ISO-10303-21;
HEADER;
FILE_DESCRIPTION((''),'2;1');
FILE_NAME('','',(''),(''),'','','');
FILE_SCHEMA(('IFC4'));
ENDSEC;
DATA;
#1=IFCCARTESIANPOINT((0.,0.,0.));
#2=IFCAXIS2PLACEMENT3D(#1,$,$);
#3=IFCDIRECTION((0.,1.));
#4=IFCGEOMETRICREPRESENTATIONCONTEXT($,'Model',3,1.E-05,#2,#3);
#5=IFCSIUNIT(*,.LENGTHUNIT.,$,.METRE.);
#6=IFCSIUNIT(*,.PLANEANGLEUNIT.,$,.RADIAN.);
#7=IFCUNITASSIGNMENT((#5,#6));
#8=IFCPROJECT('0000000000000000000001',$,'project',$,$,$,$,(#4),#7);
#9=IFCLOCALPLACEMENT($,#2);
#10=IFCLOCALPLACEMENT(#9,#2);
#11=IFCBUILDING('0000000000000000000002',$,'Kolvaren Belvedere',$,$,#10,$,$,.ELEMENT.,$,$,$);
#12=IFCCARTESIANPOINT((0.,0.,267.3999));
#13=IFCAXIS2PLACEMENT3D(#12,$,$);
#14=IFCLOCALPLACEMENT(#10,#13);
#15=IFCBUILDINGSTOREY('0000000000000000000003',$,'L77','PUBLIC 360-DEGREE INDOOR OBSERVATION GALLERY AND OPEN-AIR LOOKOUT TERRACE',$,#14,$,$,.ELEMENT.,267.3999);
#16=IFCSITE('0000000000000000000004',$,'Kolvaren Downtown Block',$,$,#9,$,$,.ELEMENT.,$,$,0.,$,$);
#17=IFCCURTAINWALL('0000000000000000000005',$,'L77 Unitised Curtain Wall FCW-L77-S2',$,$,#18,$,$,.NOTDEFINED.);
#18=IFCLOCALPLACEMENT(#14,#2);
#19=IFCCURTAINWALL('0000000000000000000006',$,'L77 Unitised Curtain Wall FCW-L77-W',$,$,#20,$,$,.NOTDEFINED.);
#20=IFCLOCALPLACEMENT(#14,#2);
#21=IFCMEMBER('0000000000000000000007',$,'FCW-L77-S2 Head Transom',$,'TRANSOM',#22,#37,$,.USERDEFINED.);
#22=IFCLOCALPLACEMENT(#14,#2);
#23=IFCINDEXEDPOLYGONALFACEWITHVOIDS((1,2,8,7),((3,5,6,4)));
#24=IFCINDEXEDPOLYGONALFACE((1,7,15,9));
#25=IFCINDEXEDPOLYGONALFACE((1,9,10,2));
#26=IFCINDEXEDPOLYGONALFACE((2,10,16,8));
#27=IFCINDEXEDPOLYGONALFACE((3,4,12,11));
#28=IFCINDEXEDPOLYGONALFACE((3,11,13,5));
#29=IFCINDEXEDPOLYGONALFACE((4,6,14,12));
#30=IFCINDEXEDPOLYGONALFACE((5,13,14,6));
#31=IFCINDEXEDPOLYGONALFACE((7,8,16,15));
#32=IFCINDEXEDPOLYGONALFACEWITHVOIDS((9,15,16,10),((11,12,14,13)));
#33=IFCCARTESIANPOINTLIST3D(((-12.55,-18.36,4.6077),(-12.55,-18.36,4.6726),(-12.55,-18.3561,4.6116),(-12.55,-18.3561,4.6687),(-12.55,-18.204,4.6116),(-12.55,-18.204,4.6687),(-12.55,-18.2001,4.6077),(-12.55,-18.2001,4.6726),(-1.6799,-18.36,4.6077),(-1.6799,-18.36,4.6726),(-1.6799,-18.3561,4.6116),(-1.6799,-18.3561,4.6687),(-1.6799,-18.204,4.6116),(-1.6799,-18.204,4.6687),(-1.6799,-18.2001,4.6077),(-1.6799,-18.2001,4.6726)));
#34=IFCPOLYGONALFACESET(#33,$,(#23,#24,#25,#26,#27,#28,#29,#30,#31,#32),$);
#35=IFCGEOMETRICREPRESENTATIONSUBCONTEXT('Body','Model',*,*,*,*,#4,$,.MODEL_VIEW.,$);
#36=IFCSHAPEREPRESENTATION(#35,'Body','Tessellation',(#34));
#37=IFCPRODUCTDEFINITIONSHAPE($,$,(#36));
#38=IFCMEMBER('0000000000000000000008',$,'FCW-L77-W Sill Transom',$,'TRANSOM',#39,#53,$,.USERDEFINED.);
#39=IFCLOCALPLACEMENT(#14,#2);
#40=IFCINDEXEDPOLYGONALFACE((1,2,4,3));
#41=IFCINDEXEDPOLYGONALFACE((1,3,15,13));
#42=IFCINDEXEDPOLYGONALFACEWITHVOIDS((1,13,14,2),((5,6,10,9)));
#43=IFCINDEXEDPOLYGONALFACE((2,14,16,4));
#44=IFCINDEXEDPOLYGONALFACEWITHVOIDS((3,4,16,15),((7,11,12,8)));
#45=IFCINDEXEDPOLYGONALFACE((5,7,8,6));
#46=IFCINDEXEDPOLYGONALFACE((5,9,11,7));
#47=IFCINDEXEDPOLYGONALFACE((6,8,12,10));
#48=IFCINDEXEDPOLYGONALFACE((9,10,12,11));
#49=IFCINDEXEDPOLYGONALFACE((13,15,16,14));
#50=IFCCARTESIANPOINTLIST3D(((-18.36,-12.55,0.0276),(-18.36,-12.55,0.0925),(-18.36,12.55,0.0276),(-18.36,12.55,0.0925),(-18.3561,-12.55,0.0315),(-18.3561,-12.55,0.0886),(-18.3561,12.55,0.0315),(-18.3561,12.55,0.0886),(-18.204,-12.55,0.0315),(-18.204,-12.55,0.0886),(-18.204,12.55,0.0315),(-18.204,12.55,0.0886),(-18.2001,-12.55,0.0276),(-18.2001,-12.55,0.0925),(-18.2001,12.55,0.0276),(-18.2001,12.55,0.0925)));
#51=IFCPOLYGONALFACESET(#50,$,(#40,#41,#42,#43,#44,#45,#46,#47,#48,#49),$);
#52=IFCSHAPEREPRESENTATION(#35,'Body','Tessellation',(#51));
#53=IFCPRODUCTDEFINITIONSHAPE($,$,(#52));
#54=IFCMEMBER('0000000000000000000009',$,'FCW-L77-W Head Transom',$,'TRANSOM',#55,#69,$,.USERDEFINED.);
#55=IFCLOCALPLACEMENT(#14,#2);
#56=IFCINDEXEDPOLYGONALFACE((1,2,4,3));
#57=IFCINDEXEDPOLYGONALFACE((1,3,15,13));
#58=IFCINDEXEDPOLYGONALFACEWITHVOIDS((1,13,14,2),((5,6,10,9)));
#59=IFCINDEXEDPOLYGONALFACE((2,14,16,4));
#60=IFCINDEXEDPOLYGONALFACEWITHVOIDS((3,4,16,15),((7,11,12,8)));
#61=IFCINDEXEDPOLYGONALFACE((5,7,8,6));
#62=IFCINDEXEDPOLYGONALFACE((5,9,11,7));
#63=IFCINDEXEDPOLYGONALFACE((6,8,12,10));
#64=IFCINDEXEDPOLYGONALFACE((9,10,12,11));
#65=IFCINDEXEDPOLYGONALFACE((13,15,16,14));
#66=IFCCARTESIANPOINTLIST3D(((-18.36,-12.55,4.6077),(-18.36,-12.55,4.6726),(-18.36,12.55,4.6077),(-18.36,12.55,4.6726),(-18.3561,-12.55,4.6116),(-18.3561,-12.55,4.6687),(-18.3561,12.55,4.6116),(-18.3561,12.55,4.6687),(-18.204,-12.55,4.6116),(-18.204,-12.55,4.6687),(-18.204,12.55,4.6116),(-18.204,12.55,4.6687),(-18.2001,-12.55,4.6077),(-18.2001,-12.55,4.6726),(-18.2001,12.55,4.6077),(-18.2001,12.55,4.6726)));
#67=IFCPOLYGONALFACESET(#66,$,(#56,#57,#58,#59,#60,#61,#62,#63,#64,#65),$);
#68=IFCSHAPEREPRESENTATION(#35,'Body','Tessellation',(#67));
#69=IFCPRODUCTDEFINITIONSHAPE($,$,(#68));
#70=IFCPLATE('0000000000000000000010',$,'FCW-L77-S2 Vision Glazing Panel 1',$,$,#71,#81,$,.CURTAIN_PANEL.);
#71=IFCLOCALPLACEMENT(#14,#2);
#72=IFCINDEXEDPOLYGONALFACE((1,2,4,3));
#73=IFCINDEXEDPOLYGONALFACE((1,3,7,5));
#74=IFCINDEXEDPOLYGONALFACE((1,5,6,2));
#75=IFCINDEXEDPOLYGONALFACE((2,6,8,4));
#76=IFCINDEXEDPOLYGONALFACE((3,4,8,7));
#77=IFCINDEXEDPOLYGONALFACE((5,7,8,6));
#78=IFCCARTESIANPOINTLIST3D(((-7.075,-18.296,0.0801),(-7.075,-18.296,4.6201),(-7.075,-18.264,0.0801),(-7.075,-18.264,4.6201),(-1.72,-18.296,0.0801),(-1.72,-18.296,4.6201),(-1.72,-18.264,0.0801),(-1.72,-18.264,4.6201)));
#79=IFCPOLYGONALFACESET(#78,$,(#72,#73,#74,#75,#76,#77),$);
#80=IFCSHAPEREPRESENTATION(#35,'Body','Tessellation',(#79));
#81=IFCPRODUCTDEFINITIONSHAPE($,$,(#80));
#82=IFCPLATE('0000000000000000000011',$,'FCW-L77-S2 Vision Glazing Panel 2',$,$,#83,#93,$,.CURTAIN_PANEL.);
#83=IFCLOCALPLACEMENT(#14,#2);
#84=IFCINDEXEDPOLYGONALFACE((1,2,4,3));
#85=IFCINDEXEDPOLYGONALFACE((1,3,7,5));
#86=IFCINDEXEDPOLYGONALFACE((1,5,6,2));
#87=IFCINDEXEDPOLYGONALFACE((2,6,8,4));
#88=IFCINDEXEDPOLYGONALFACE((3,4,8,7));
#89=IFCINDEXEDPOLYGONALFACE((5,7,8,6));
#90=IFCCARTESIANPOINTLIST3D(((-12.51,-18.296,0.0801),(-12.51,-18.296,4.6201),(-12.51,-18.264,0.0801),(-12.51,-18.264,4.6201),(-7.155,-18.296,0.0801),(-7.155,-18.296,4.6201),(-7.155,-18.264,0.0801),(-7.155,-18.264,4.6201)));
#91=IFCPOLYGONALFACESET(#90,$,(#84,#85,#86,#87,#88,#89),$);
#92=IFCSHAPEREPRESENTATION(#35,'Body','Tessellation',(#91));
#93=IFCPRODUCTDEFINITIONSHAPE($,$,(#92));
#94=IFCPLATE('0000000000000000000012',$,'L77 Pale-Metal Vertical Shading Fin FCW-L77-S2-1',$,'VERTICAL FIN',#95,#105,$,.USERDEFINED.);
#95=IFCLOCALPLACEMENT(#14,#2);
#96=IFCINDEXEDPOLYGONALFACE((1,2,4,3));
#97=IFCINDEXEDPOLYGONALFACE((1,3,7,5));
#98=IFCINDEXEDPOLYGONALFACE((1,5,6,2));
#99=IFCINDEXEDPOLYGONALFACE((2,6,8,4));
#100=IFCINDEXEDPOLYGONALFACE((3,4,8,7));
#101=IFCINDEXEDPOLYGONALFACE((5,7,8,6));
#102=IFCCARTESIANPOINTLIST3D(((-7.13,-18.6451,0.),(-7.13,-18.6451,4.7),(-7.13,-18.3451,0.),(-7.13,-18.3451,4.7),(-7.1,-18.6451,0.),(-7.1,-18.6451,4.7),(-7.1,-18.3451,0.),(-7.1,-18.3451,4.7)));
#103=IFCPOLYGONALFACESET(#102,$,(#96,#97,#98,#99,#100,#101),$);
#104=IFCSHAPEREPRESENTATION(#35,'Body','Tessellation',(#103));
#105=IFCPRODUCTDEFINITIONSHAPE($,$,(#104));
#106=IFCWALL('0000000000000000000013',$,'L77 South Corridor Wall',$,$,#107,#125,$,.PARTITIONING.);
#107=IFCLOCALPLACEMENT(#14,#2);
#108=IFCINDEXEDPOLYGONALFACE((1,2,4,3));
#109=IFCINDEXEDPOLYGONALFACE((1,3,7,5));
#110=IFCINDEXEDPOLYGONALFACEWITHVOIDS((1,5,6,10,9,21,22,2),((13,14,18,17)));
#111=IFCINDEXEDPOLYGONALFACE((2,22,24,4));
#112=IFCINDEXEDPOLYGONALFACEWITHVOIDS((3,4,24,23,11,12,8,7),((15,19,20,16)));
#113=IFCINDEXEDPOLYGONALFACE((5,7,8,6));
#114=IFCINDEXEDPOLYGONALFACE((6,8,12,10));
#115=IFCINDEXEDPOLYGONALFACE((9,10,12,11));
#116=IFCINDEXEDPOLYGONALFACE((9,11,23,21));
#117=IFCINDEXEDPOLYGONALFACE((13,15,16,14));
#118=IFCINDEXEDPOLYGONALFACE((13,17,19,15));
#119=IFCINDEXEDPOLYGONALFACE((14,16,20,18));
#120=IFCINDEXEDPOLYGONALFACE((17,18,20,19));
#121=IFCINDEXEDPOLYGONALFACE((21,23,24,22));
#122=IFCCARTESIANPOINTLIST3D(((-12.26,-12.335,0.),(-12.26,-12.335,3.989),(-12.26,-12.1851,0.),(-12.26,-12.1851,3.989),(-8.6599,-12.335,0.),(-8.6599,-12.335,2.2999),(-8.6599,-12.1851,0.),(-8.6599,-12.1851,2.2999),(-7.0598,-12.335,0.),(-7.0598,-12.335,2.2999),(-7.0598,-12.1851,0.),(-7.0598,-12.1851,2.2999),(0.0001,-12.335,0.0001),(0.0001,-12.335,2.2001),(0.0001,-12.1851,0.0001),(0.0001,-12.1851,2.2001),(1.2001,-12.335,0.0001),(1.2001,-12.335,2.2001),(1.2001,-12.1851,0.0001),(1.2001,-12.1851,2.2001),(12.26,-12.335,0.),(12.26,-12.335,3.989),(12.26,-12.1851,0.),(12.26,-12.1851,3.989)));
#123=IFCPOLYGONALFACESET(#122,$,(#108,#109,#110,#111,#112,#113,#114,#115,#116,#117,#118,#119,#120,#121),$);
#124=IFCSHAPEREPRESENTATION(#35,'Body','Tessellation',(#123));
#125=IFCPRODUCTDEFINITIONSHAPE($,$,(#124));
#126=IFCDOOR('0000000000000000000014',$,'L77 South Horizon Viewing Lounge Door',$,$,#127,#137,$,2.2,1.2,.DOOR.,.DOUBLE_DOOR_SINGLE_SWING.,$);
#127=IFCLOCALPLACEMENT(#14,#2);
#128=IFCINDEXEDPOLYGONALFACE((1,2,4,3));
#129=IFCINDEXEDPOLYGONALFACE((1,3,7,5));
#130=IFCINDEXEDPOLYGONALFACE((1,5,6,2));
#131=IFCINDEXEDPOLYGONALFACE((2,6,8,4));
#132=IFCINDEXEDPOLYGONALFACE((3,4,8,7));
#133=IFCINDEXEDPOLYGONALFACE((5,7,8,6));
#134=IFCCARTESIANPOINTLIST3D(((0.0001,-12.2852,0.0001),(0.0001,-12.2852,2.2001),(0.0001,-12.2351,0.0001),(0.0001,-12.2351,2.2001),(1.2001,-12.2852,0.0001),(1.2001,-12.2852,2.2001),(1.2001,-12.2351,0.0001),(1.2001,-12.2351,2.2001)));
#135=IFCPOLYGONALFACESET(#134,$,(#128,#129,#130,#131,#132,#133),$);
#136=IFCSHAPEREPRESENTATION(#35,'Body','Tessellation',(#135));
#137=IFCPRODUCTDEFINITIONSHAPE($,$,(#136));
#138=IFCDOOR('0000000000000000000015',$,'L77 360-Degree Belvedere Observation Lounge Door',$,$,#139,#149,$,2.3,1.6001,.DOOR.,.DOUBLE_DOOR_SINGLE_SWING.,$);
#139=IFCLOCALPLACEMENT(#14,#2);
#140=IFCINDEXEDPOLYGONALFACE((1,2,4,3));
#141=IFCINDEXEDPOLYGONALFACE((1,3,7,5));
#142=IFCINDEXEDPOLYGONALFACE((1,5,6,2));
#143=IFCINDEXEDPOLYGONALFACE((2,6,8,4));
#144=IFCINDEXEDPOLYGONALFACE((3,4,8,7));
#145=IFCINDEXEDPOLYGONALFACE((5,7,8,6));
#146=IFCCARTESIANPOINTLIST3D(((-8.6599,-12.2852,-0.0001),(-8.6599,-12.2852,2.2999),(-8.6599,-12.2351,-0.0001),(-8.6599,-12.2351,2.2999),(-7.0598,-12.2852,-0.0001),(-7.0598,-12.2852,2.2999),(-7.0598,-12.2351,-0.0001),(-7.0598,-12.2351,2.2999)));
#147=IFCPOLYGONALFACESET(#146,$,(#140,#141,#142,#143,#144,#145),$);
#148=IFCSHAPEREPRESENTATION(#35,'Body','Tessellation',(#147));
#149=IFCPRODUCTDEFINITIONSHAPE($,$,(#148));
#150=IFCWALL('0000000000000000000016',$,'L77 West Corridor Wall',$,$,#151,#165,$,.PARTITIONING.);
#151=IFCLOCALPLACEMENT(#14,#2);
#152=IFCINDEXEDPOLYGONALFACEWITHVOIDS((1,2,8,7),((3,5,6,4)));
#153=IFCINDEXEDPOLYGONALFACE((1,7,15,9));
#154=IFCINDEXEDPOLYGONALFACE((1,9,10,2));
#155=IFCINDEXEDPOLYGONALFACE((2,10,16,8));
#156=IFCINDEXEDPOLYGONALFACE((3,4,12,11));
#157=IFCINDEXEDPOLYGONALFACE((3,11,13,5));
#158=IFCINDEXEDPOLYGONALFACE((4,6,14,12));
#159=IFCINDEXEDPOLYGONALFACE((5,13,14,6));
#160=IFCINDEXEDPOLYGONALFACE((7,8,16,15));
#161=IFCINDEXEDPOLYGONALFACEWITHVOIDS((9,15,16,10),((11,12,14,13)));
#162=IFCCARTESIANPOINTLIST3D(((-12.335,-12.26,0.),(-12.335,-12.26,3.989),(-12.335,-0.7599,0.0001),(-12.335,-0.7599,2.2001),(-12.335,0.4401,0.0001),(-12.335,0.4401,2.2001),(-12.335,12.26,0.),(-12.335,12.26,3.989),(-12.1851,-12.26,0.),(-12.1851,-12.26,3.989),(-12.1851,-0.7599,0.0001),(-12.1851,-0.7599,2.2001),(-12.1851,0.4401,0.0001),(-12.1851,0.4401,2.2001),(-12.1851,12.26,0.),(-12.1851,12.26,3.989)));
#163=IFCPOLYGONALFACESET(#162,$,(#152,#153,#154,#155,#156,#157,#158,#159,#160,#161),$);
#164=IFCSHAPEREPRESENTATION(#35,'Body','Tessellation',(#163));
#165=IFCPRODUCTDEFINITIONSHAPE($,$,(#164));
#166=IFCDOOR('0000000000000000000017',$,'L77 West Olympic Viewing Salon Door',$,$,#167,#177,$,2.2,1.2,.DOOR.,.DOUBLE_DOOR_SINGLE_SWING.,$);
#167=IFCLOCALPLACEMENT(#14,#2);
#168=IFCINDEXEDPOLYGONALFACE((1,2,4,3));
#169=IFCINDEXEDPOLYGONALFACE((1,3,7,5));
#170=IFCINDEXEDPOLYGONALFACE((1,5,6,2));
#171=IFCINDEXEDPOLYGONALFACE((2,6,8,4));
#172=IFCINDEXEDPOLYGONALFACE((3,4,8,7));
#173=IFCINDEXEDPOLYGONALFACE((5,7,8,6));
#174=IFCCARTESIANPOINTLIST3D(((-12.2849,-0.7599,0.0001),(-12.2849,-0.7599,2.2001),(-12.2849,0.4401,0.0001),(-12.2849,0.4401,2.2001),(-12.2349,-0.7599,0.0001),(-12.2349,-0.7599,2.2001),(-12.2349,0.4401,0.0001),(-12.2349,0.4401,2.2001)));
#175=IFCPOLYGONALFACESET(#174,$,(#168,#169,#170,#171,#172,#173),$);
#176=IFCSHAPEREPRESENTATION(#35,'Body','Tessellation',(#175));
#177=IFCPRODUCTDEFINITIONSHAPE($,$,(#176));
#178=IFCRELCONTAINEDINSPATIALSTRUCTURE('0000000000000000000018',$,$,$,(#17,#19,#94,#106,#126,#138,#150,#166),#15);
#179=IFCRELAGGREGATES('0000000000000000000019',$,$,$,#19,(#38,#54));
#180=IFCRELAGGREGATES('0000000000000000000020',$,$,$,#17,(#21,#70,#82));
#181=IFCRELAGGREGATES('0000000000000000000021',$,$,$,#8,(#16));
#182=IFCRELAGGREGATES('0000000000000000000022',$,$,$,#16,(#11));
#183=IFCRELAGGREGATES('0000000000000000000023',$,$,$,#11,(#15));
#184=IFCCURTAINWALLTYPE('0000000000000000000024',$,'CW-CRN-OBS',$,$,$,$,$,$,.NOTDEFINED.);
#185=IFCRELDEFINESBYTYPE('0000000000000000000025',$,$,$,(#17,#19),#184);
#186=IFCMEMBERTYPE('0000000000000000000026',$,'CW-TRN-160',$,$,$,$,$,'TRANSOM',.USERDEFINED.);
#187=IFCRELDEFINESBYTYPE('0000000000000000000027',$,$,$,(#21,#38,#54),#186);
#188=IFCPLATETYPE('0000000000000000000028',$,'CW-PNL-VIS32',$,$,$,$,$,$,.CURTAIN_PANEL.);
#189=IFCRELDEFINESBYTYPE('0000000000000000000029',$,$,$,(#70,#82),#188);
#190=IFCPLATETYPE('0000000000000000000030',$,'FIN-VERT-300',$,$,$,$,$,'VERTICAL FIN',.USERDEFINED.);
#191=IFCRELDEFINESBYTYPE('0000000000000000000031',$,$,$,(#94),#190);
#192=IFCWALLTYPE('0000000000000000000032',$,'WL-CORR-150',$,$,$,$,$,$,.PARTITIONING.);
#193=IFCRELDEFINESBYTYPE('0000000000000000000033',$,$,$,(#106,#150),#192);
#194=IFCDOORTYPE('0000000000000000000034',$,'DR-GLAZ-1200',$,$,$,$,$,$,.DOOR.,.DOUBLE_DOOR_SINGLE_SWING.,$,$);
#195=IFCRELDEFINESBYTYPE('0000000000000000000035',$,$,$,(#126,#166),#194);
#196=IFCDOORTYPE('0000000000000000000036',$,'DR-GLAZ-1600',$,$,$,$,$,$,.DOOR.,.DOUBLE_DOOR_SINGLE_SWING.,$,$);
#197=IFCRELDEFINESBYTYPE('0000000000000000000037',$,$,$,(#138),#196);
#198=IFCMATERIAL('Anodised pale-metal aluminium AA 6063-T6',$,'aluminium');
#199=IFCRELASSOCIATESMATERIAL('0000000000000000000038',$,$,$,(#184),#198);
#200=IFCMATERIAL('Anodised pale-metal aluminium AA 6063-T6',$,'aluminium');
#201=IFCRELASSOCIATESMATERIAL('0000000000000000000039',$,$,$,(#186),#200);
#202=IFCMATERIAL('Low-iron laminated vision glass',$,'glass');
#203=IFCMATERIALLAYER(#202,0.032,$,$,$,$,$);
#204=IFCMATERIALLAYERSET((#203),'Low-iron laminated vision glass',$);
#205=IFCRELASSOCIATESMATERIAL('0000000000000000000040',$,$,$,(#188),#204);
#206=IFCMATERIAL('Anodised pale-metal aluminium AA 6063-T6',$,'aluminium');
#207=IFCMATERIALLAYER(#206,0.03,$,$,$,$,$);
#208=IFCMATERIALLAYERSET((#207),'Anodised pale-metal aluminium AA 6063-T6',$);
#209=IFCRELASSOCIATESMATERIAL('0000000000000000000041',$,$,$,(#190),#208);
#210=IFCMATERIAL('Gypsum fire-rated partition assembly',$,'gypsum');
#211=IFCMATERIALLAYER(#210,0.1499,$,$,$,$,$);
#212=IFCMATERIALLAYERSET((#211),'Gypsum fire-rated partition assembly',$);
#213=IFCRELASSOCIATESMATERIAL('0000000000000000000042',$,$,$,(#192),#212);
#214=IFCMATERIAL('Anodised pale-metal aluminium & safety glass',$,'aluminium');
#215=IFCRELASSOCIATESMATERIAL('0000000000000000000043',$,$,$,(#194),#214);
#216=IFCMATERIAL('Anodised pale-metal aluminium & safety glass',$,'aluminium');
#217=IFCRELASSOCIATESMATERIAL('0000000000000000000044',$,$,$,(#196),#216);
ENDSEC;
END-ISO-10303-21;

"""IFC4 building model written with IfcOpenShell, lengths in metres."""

from ifc_helpers import new_model, si_unit, direction, frame, frame_2d, origin, origin_2d, place, context, subcontext, project, spatial, rectangle, hollow_rectangle, extrude, material, layer, layer_set, material_profile, profile_set, type_object, element, fill, aggregate, save


model = new_model("IFC4")

# Units and contexts
model_context = context("Model", 3, precision=1e-05, world=origin(), true_north=direction((0.0, 1.0)))
body_context = subcontext(model_context, "Body", "Model", "MODEL_VIEW")
ifc_project = project(units=[si_unit("LENGTHUNIT", "METRE"), si_unit("PLANEANGLEUNIT", "RADIAN")], contexts=[model_context])

# Site, building, storey
site_placement = place(None, origin())
site = spatial("IfcSite", under=ifc_project, at=site_placement, Name="Kolvaren Downtown Block", CompositionType="ELEMENT", RefElevation=0.0)
building_placement = place(site_placement, origin())
building = spatial("IfcBuilding", under=site, at=building_placement, Name="Kolvaren Belvedere", CompositionType="ELEMENT")
storey_placement = place(building_placement, frame((0.0, 0.0, 267.3999)))
storey = spatial("IfcBuildingStorey", under=building, at=storey_placement, Name="L77", Description="PUBLIC 360-DEGREE INDOOR OBSERVATION GALLERY AND OPEN-AIR LOOKOUT TERRACE", CompositionType="ELEMENT", Elevation=267.3999)

# Curtain wall
ifc_material_1 = material(Name="Anodised pale-metal aluminium AA 6063-T6", Category="aluminium")
curtain_wall_type = type_object("IfcCurtainWallType", Name="CW-CRN-OBS", PredefinedType="NOTDEFINED", material=ifc_material_1)
curtain_wall_1_placement = place(storey_placement, origin())
curtain_wall_1 = element("IfcCurtainWall", 1, at=curtain_wall_1_placement, inside=storey, type_object=curtain_wall_type, Name="L77 Unitised Curtain Wall FCW-L77-S2", PredefinedType="NOTDEFINED")

# Curtain wall
curtain_wall_2_placement = place(storey_placement, origin())
curtain_wall_2 = element("IfcCurtainWall", 2, at=curtain_wall_2_placement, inside=storey, type_object=curtain_wall_type, Name="L77 Unitised Curtain Wall FCW-L77-W", PredefinedType="NOTDEFINED")

# Members
ifc_material_2 = material(Name="Anodised pale-metal aluminium AA 6063-T6", Category="aluminium")
ifc_material_profile_1 = material_profile(ifc_material_2, hollow_rectangle(XDim=0.0649, YDim=0.1599, WallThickness=0.0039, at=origin_2d()), Name="ALU-TRN-160X65")
ifc_profile_set_1 = profile_set([ifc_material_profile_1], Name="Anodised pale-metal aluminium AA 6063-T6")
member_type_1 = type_object("IfcMemberType", Name="CW-TRN-160", ElementType="TRANSOM", PredefinedType="USERDEFINED", material=ifc_profile_set_1)
member_1_placement = place(storey_placement, frame((-1.6799, -18.28, 4.6401), z_axis=(-1.0, 0.0, 0.0), x_axis=(0.0, 0.0, 1.0)))
member_1 = element("IfcMember", 3, at=member_1_placement, type_object=member_type_1, Name="FCW-L77-S2 Head Transom", ObjectType="TRANSOM", PredefinedType="USERDEFINED", context=body_context, shape_type="SweptSolid", body=[
    extrude(hollow_rectangle(XDim=0.0649, YDim=0.1599, WallThickness=0.0039, at=origin_2d()), origin(), (0.0, 0.0, 1.0), 10.8701),
])
member_2_placement = place(storey_placement, frame((-18.28, -12.55, 0.0601), z_axis=(0.0, 1.0, 0.0), x_axis=(0.0, 0.0, 1.0)))
member_2 = element("IfcMember", 4, at=member_2_placement, type_object=member_type_1, Name="FCW-L77-W Sill Transom", ObjectType="TRANSOM", PredefinedType="USERDEFINED", context=body_context, shape_type="SweptSolid", body=[
    extrude(hollow_rectangle(XDim=0.0649, YDim=0.1599, WallThickness=0.0039, at=origin_2d()), origin(), (0.0, 0.0, 1.0), 25.1001),
])
member_3_placement = place(storey_placement, frame((-18.28, -12.55, 4.6401), z_axis=(0.0, 1.0, 0.0), x_axis=(0.0, 0.0, 1.0)))
member_3 = element("IfcMember", 5, at=member_3_placement, type_object=member_type_1, Name="FCW-L77-W Head Transom", ObjectType="TRANSOM", PredefinedType="USERDEFINED", context=body_context, shape_type="SweptSolid", body=[
    extrude(hollow_rectangle(XDim=0.0649, YDim=0.1599, WallThickness=0.0039, at=origin_2d()), origin(), (0.0, 0.0, 1.0), 25.1001),
])
aggregate(curtain_wall_2, [member_2, member_3])

# Plates
ifc_material_3 = material(Name="Low-iron laminated vision glass", Category="glass")
ifc_layer_1 = layer(ifc_material_3, 0.032)
ifc_layer_set_1 = layer_set([ifc_layer_1], Name="Low-iron laminated vision glass")
plate_type_1 = type_object("IfcPlateType", Name="CW-PNL-VIS32", PredefinedType="CURTAIN_PANEL", material=ifc_layer_set_1)
plate_1_placement = place(storey_placement, frame((-4.3975, -18.28, 0.0801), z_axis=(0.0, 0.0, 1.0), x_axis=(-1.0, 0.0, 0.0)))
plate_1 = element("IfcPlate", 6, at=plate_1_placement, type_object=plate_type_1, Name="FCW-L77-S2 Vision Glazing Panel 1", PredefinedType="CURTAIN_PANEL", context=body_context, shape_type="SweptSolid", body=[
    extrude(rectangle(XDim=5.355, YDim=0.032, at=origin_2d()), origin(), (0.0, 0.0, 1.0), 4.54),
])
plate_2_placement = place(storey_placement, frame((-9.8325, -18.28, 0.0801), z_axis=(0.0, 0.0, 1.0), x_axis=(-1.0, 0.0, 0.0)))
plate_2 = element("IfcPlate", 7, at=plate_2_placement, type_object=plate_type_1, Name="FCW-L77-S2 Vision Glazing Panel 2", PredefinedType="CURTAIN_PANEL", context=body_context, shape_type="SweptSolid", body=[
    extrude(rectangle(XDim=5.355, YDim=0.032, at=origin_2d()), origin(), (0.0, 0.0, 1.0), 4.54),
])
aggregate(curtain_wall_1, [member_1, plate_1, plate_2])
ifc_material_4 = material(Name="Anodised pale-metal aluminium AA 6063-T6", Category="aluminium")
ifc_layer_2 = layer(ifc_material_4, 0.03)
ifc_layer_set_2 = layer_set([ifc_layer_2], Name="Anodised pale-metal aluminium AA 6063-T6")
plate_type_2 = type_object("IfcPlateType", Name="FIN-VERT-300", ElementType="VERTICAL FIN", PredefinedType="USERDEFINED", material=ifc_layer_set_2)
plate_3_placement = place(storey_placement, frame((-7.115, -18.4951, 0.0), z_axis=(0.0, 0.0, 1.0), x_axis=(0.0, 1.0, 0.0)))
element("IfcPlate", 8, at=plate_3_placement, inside=storey, type_object=plate_type_2, Name="L77 Pale-Metal Vertical Shading Fin FCW-L77-S2-1", ObjectType="VERTICAL FIN", PredefinedType="USERDEFINED", context=body_context, shape_type="SweptSolid", body=[
    extrude(rectangle(XDim=0.3, YDim=0.03, at=origin_2d()), origin(), (0.0, 0.0, 1.0), 4.7),
])

# Wall, openings, doors
ifc_material_5 = material(Name="Gypsum fire-rated partition assembly", Category="gypsum")
ifc_layer_3 = layer(ifc_material_5, 0.1499)
ifc_layer_set_3 = layer_set([ifc_layer_3], Name="Gypsum fire-rated partition assembly")
wall_type_1 = type_object("IfcWallType", Name="WL-CORR-150", PredefinedType="PARTITIONING", material=ifc_layer_set_3)
wall_1_placement = place(storey_placement, frame((-12.26, -12.26, 0.0), z_axis=(0.0, 0.0, 1.0), x_axis=(1.0, 0.0, 0.0)))
wall_1 = element("IfcWall", 9, at=wall_1_placement, inside=storey, type_object=wall_type_1, Name="L77 South Corridor Wall", PredefinedType="PARTITIONING", context=body_context, shape_type="SweptSolid", body=[
    extrude(rectangle(XDim=24.52, YDim=0.1499, at=frame_2d((12.26, 0.0))), origin(), (0.0, 0.0, 1.0), 3.989),
])
opening_1_placement = place(wall_1_placement, frame((3.6001, 0.0, 0.0)))
opening_1 = element("IfcOpeningElement", 10, at=opening_1_placement, cuts=wall_1, PredefinedType="OPENING", context=body_context, shape_type="SweptSolid", body=[
    extrude(rectangle(XDim=1.6001, YDim=2.3, at=frame_2d((0.8, 1.1499))), frame((0.0, 0.085, 0.0), z_axis=(0.0, -1.0, 0.0), x_axis=(1.0, 0.0, 0.0)), (0.0, 0.0, 1.0), 0.1699),
])
opening_2_placement = place(wall_1_placement, frame((12.26, 0.0, 0.0)))
opening_2 = element("IfcOpeningElement", 11, at=opening_2_placement, cuts=wall_1, PredefinedType="OPENING", context=body_context, shape_type="SweptSolid", body=[
    extrude(rectangle(XDim=1.2, YDim=2.2, at=frame_2d((0.6001, 1.1001))), frame((0.0, 0.085, 0.0), z_axis=(0.0, -1.0, 0.0), x_axis=(1.0, 0.0, 0.0)), (0.0, 0.0, 1.0), 0.1699),
])
ifc_material_6 = material(Name="Anodised pale-metal aluminium & safety glass", Category="aluminium")
door_type_1 = type_object("IfcDoorType", Name="DR-GLAZ-1200", OperationType="DOUBLE_DOOR_SINGLE_SWING", PredefinedType="DOOR", material=ifc_material_6)
door_1_placement = place(opening_2_placement, origin())
door_1 = element("IfcDoor", 12, at=door_1_placement, inside=storey, type_object=door_type_1, Name="L77 South Horizon Viewing Lounge Door", OperationType="DOUBLE_DOOR_SINGLE_SWING", OverallHeight=2.2, OverallWidth=1.2, PredefinedType="DOOR", context=body_context, shape_type="SweptSolid", body=[
    extrude(rectangle(XDim=1.2, YDim=2.2, at=frame_2d((0.6001, 1.1001))), frame((0.0, 0.0249, 0.0), z_axis=(0.0, -1.0, 0.0), x_axis=(1.0, 0.0, 0.0)), (0.0, 0.0, 1.0), 0.05),
])
fill(opening_2, door_1)
ifc_material_7 = material(Name="Anodised pale-metal aluminium & safety glass", Category="aluminium")
door_type_2 = type_object("IfcDoorType", Name="DR-GLAZ-1600", OperationType="DOUBLE_DOOR_SINGLE_SWING", PredefinedType="DOOR", material=ifc_material_7)
door_2_placement = place(opening_1_placement, origin())
door_2 = element("IfcDoor", 13, at=door_2_placement, inside=storey, type_object=door_type_2, Name="L77 360-Degree Belvedere Observation Lounge Door", OperationType="DOUBLE_DOOR_SINGLE_SWING", OverallHeight=2.3, OverallWidth=1.6001, PredefinedType="DOOR", context=body_context, shape_type="SweptSolid", body=[
    extrude(rectangle(XDim=1.6001, YDim=2.3, at=frame_2d((0.8, 1.1499))), frame((0.0, 0.0249, 0.0), z_axis=(0.0, -1.0, 0.0), x_axis=(1.0, 0.0, 0.0)), (0.0, 0.0, 1.0), 0.05),
])
fill(opening_1, door_2)

# Wall, opening, door
wall_2_placement = place(storey_placement, frame((-12.26, -12.26, 0.0), z_axis=(0.0, 0.0, 1.0), x_axis=(0.0, 1.0, 0.0)))
wall_2 = element("IfcWall", 14, at=wall_2_placement, inside=storey, type_object=wall_type_1, Name="L77 West Corridor Wall", PredefinedType="PARTITIONING", context=body_context, shape_type="SweptSolid", body=[
    extrude(rectangle(XDim=24.52, YDim=0.1499, at=frame_2d((12.26, 0.0))), origin(), (0.0, 0.0, 1.0), 3.989),
])
opening_3_placement = place(wall_2_placement, frame((11.5, 0.0, 0.0)))
opening_3 = element("IfcOpeningElement", 15, at=opening_3_placement, cuts=wall_2, PredefinedType="OPENING", context=body_context, shape_type="SweptSolid", body=[
    extrude(rectangle(XDim=1.2, YDim=2.2, at=frame_2d((0.6001, 1.1001))), frame((0.0, 0.085, 0.0), z_axis=(0.0, -1.0, 0.0), x_axis=(1.0, 0.0, 0.0)), (0.0, 0.0, 1.0), 0.1699),
])
door_3_placement = place(opening_3_placement, origin())
door_3 = element("IfcDoor", 16, at=door_3_placement, inside=storey, type_object=door_type_1, Name="L77 West Olympic Viewing Salon Door", OperationType="DOUBLE_DOOR_SINGLE_SWING", OverallHeight=2.2, OverallWidth=1.2, PredefinedType="DOOR", context=body_context, shape_type="SweptSolid", body=[
    extrude(rectangle(XDim=1.2, YDim=2.2, at=frame_2d((0.6001, 1.1001))), frame((0.0, 0.0249, 0.0), z_axis=(0.0, -1.0, 0.0), x_axis=(1.0, 0.0, 0.0)), (0.0, 0.0, 1.0), 0.05),
])
fill(opening_3, door_3)

save(model, "model.ifc")
